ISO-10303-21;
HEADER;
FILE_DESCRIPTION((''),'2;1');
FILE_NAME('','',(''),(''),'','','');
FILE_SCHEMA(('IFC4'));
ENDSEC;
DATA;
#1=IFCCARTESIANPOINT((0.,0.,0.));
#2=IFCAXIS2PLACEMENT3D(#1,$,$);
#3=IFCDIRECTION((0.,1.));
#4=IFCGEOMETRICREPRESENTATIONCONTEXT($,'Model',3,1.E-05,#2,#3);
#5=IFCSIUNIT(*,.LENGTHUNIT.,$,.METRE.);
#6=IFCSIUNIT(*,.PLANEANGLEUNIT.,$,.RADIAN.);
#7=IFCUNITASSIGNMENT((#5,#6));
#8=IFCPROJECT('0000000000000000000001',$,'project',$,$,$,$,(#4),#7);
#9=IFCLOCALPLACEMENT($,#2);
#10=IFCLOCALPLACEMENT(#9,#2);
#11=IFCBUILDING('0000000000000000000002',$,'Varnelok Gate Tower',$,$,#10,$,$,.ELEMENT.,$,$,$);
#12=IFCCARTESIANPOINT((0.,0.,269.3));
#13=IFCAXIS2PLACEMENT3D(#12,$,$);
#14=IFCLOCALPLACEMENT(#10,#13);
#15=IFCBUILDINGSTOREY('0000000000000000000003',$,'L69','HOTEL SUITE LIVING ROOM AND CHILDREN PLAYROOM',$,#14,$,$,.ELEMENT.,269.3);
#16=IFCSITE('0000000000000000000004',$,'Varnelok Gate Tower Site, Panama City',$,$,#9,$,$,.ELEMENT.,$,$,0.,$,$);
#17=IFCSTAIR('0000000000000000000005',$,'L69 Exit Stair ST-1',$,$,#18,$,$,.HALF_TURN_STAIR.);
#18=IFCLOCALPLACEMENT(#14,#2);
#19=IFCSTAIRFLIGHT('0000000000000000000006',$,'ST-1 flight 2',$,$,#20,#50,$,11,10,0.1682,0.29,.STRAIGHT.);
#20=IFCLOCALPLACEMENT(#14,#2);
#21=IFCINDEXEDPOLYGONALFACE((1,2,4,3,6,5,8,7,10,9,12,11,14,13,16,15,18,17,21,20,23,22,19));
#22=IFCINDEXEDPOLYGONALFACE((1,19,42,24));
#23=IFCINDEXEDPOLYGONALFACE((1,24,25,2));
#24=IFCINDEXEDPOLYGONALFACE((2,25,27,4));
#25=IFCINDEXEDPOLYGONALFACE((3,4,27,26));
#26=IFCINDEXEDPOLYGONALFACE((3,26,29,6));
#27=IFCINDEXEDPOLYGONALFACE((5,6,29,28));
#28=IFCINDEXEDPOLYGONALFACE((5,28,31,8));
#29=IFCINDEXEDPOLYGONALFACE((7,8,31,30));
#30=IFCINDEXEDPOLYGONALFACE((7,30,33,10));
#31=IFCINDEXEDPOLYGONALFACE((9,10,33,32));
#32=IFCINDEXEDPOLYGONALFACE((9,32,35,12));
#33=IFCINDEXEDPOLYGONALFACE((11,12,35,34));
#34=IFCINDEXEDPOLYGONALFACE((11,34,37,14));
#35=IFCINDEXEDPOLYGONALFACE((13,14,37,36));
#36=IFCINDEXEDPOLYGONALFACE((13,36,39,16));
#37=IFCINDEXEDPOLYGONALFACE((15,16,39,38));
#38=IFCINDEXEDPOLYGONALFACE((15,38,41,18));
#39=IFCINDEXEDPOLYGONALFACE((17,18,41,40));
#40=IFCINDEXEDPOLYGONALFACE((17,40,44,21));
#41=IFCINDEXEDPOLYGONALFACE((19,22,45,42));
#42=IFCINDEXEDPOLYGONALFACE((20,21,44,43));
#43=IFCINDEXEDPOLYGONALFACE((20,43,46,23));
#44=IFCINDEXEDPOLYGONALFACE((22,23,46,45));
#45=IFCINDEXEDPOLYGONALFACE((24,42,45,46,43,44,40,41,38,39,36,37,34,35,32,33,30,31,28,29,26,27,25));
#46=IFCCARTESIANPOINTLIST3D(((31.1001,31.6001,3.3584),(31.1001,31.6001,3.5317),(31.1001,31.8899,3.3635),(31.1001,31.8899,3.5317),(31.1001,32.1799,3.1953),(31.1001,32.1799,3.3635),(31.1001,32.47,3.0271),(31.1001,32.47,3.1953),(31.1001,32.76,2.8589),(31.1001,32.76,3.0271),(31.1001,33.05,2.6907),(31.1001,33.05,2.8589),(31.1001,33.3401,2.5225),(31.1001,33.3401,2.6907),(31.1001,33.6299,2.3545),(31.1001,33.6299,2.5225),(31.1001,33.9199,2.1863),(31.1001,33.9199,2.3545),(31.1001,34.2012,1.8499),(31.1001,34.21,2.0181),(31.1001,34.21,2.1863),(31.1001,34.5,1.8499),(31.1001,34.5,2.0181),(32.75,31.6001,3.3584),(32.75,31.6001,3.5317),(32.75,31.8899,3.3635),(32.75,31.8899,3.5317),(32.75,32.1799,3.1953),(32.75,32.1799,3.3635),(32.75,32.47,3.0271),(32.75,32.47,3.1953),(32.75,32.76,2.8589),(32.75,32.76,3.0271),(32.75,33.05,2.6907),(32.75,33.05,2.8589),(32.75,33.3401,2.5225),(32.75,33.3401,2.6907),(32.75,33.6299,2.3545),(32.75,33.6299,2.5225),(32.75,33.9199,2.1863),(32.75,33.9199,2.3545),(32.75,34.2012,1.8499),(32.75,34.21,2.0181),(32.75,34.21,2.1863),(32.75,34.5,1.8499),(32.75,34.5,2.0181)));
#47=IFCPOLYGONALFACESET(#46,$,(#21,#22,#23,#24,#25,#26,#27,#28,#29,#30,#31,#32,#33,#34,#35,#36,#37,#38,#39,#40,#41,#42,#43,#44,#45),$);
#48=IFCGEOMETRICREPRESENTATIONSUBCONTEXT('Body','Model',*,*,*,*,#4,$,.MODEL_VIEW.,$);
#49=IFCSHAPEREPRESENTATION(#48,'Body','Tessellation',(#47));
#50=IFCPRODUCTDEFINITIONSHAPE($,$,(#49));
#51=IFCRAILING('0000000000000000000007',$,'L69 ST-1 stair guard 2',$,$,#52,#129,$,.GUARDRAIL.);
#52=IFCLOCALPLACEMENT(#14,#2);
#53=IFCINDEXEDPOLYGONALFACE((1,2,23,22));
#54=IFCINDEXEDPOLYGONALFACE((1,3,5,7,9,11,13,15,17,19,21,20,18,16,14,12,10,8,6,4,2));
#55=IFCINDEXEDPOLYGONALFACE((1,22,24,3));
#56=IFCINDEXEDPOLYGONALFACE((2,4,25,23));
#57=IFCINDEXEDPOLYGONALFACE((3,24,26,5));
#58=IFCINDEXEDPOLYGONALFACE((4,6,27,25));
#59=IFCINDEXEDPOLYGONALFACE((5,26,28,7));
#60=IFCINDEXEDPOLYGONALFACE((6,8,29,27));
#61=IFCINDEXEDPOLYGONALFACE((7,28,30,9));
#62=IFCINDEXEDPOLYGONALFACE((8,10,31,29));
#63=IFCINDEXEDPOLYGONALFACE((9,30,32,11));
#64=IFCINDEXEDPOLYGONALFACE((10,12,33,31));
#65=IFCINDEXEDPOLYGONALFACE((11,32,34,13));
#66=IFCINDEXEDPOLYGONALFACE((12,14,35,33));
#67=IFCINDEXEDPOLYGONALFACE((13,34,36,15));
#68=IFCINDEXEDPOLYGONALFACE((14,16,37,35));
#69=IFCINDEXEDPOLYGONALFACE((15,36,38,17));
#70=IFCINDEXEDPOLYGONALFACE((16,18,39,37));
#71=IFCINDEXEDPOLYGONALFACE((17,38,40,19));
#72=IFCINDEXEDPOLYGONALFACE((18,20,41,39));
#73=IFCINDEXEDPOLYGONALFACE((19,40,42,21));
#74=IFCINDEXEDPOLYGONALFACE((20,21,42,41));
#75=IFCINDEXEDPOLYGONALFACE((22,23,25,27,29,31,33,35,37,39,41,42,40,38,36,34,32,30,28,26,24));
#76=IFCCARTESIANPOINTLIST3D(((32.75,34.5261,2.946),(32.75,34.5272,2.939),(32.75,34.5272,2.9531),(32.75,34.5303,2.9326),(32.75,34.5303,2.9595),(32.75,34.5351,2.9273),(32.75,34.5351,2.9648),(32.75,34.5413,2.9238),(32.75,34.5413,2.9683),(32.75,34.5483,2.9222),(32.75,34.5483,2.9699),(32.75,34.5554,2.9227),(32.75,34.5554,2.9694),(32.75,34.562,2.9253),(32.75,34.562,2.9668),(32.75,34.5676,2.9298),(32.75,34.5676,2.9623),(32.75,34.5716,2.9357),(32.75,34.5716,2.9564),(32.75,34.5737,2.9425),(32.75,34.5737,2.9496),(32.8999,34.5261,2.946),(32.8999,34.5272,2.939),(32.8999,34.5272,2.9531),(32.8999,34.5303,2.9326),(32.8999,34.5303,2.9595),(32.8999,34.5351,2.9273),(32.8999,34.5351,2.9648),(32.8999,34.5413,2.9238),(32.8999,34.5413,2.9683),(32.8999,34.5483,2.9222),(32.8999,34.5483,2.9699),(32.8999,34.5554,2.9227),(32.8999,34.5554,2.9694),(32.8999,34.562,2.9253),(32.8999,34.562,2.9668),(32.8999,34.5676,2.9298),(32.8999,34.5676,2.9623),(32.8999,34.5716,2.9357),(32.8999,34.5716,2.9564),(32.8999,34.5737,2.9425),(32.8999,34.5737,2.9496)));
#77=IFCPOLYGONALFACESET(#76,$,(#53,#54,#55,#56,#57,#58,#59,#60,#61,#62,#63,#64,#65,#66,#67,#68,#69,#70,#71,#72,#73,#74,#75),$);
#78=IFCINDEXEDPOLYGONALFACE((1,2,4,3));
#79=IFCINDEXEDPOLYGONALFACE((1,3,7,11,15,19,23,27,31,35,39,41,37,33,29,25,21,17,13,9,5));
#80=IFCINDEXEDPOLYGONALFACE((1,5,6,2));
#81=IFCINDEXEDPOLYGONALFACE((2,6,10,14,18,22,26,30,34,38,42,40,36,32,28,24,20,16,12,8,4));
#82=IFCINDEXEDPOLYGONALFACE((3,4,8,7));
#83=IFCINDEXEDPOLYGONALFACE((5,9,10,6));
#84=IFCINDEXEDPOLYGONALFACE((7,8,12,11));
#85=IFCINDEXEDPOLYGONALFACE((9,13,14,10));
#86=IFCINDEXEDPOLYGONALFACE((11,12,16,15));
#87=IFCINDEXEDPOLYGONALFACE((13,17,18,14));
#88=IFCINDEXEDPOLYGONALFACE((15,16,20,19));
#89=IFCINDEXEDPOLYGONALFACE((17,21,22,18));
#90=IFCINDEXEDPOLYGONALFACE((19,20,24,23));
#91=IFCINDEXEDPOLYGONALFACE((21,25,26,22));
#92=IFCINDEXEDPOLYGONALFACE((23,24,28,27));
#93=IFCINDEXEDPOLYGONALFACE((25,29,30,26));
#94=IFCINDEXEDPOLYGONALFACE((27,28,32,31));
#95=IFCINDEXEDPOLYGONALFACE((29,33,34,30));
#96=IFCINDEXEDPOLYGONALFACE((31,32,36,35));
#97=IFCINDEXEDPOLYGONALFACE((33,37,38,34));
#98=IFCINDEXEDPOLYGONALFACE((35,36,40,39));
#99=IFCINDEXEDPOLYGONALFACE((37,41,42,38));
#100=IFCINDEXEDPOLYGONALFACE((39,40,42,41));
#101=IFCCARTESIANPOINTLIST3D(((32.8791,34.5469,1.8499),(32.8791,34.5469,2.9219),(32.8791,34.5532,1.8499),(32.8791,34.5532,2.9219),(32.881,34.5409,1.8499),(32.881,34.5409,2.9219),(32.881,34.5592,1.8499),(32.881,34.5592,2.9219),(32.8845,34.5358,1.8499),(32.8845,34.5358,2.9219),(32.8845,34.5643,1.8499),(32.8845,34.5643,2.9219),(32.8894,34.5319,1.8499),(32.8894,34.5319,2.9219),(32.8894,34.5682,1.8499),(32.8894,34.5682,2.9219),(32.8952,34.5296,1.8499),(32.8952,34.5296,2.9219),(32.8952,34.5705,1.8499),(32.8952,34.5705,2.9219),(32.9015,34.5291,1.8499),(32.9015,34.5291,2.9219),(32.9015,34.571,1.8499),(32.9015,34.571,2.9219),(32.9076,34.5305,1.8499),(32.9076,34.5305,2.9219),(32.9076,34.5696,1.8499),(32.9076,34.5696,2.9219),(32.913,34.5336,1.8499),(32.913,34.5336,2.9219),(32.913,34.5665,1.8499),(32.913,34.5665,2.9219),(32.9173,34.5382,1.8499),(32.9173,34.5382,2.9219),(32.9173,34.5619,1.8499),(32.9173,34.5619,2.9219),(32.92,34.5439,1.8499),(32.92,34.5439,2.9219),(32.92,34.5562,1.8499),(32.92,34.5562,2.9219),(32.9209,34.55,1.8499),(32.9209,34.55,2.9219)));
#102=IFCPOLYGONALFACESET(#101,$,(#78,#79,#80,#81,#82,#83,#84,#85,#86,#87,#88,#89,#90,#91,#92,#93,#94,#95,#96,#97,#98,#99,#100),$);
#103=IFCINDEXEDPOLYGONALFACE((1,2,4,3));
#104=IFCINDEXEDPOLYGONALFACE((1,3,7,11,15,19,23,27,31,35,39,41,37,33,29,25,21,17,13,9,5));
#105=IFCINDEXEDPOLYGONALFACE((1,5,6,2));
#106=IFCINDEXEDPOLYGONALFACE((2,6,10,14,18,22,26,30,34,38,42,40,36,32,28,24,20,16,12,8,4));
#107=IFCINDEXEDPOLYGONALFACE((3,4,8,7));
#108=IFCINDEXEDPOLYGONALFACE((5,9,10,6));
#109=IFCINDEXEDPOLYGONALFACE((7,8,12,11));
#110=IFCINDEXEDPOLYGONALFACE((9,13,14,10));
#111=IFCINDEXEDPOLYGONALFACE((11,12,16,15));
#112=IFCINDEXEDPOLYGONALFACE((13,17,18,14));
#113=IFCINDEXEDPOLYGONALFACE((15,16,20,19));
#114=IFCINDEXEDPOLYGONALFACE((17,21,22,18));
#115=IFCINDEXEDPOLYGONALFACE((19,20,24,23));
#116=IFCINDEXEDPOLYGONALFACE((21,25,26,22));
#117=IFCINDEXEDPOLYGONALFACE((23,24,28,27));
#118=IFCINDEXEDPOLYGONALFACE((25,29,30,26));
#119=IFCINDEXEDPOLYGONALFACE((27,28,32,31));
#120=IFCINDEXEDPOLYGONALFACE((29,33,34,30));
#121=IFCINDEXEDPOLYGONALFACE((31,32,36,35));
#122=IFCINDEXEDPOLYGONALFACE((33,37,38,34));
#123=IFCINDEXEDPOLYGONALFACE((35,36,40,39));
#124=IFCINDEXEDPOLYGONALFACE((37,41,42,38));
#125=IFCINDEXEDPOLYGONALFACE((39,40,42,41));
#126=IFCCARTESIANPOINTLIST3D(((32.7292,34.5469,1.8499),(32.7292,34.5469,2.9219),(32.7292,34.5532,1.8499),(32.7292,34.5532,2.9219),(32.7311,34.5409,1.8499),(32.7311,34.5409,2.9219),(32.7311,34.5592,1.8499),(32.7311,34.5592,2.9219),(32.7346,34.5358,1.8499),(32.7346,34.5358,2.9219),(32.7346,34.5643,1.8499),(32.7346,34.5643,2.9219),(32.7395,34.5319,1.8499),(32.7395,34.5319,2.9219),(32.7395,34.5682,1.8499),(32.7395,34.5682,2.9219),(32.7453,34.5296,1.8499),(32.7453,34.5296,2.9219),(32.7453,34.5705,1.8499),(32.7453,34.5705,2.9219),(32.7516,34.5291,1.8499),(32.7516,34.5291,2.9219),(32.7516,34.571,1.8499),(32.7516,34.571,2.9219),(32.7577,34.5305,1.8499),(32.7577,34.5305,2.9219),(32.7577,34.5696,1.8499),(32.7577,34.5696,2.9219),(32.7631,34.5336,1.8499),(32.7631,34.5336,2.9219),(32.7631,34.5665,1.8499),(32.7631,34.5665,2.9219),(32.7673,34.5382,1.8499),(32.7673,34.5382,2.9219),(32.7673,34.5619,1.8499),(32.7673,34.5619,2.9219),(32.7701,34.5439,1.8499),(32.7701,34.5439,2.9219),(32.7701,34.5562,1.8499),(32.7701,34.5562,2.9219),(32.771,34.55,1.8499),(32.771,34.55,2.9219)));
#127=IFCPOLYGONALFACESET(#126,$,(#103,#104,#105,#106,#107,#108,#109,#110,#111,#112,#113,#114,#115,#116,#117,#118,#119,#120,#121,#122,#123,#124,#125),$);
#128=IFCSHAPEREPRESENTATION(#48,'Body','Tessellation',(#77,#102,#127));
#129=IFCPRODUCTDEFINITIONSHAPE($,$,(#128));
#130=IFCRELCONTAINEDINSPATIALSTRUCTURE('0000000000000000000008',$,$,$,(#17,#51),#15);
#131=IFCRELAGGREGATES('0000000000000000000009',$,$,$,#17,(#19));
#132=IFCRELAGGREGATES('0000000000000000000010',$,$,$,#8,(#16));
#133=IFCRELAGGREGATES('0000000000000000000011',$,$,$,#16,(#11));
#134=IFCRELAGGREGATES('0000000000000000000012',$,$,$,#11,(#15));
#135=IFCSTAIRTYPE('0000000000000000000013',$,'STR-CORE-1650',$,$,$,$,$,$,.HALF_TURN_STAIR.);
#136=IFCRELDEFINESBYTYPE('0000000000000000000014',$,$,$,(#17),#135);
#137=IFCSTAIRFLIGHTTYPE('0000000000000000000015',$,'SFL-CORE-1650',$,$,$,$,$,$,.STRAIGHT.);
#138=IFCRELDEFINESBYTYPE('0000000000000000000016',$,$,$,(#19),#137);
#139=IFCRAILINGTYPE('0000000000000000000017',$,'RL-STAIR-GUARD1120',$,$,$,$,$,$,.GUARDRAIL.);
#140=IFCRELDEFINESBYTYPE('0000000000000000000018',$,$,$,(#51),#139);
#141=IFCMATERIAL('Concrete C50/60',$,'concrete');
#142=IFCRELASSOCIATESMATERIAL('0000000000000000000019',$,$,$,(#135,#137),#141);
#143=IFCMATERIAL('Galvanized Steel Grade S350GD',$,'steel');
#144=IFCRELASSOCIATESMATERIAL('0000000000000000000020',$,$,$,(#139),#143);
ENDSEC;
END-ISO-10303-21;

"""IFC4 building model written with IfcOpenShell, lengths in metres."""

from ifc_helpers import new_model, si_unit, direction, frame, origin, origin_2d, place, context, subcontext, project, spatial, polyline, circle, outline, extrude, material, type_object, element, aggregate, save


model = new_model("IFC4")

# Units and contexts
model_context = context("Model", 3, precision=1e-05, world=origin(), true_north=direction((0.0, 1.0)))
body_context = subcontext(model_context, "Body", "Model", "MODEL_VIEW")
ifc_project = project(units=[si_unit("LENGTHUNIT", "METRE"), si_unit("PLANEANGLEUNIT", "RADIAN")], contexts=[model_context])

# Site, building, storey
site_placement = place(None, origin())
site = spatial("IfcSite", under=ifc_project, at=site_placement, Name="Varnelok Gate Tower Site, Panama City", CompositionType="ELEMENT", RefElevation=0.0)
building_placement = place(site_placement, origin())
building = spatial("IfcBuilding", under=site, at=building_placement, Name="Varnelok Gate Tower", CompositionType="ELEMENT")
storey_placement = place(building_placement, frame((0.0, 0.0, 269.3)))
storey = spatial("IfcBuildingStorey", under=building, at=storey_placement, Name="L69", Description="HOTEL SUITE LIVING ROOM AND CHILDREN PLAYROOM", CompositionType="ELEMENT", Elevation=269.3)

# Shared definitions
ifc_material_1 = material(Name="Concrete C50/60", Category="concrete")

# Shared definitions
ifc_material_2 = material(Name="Galvanized Steel Grade S350GD", Category="steel")

# Stair, stair flight
stair_type = type_object("IfcStairType", Name="STR-CORE-1650", PredefinedType="HALF_TURN_STAIR", material=ifc_material_1)
stair_placement = place(storey_placement, origin())
stair = element("IfcStair", 1, at=stair_placement, inside=storey, type_object=stair_type, Name="L69 Exit Stair ST-1", PredefinedType="HALF_TURN_STAIR")
stair_flight_type = type_object("IfcStairFlightType", Name="SFL-CORE-1650", PredefinedType="STRAIGHT", material=ifc_material_1)
stair_flight_placement = place(storey_placement, frame((31.925, 34.5, 1.8499), z_axis=(0.0, 0.0, 1.0), x_axis=(0.0, -1.0, 0.0)))
stair_flight = element("IfcStairFlight", 2, at=stair_flight_placement, type_object=stair_flight_type, Name="ST-1 flight 2", NumberOfRisers=11, NumberOfTreads=10, PredefinedType="STRAIGHT", RiserHeight=0.1682, TreadLength=0.29, context=body_context, shape_type="SweptSolid", body=[
    extrude(outline(polyline([(0.0, 0.0), (0.0, 0.1682), (0.29, 0.1682), (0.29, 0.3364), (0.5801, 0.3364), (0.5801, 0.5046), (0.8701, 0.5046), (0.8701, 0.6726), (1.1599, 0.6726), (1.1599, 0.8408), (1.45, 0.8408), (1.45, 1.009), (1.74, 1.009), (1.74, 1.1772), (2.03, 1.1772), (2.03, 1.3455), (2.3201, 1.3455), (2.3201, 1.5137), (2.6101, 1.5137), (2.6101, 1.6819), (2.8999, 1.6819), (2.8999, 1.8501), (2.8999, 1.5085), (0.2988, 0.0), (0.0, 0.0)])), frame((0.0, 0.825, 0.0), z_axis=(0.0, -1.0, 0.0), x_axis=(1.0, 0.0, 0.0)), (0.0, 0.0, 1.0), 1.6499),
])
aggregate(stair, [stair_flight])

# Railing
railing_type_1 = type_object("IfcRailingType", Name="RL-STAIR-GUARD1120", PredefinedType="GUARDRAIL", material=ifc_material_2)
railing_1_placement = place(storey_placement, frame((32.8999, 34.55, 1.8499)))
element("IfcRailing", 3, at=railing_1_placement, inside=storey, type_object=railing_type_1, Name="L69 ST-1 stair guard 2", PredefinedType="GUARDRAIL", context=body_context, shape_type="SweptSolid", body=[
    extrude(circle(Radius=0.0239, at=origin_2d()), frame((0.0, 0.0, 1.0962), z_axis=(-1.0, 0.0, 0.0), x_axis=(0.0, -1.0, 0.0)), (0.0, 0.0, 1.0), 0.1499),
    extrude(circle(Radius=0.021, at=origin_2d()), origin(), (0.0, 0.0, 1.0), 1.072),
    extrude(circle(Radius=0.021, at=origin_2d()), frame((-0.1499, 0.0, 0.0)), (0.0, 0.0, 1.0), 1.072),
])

save(model, "model.ifc")
